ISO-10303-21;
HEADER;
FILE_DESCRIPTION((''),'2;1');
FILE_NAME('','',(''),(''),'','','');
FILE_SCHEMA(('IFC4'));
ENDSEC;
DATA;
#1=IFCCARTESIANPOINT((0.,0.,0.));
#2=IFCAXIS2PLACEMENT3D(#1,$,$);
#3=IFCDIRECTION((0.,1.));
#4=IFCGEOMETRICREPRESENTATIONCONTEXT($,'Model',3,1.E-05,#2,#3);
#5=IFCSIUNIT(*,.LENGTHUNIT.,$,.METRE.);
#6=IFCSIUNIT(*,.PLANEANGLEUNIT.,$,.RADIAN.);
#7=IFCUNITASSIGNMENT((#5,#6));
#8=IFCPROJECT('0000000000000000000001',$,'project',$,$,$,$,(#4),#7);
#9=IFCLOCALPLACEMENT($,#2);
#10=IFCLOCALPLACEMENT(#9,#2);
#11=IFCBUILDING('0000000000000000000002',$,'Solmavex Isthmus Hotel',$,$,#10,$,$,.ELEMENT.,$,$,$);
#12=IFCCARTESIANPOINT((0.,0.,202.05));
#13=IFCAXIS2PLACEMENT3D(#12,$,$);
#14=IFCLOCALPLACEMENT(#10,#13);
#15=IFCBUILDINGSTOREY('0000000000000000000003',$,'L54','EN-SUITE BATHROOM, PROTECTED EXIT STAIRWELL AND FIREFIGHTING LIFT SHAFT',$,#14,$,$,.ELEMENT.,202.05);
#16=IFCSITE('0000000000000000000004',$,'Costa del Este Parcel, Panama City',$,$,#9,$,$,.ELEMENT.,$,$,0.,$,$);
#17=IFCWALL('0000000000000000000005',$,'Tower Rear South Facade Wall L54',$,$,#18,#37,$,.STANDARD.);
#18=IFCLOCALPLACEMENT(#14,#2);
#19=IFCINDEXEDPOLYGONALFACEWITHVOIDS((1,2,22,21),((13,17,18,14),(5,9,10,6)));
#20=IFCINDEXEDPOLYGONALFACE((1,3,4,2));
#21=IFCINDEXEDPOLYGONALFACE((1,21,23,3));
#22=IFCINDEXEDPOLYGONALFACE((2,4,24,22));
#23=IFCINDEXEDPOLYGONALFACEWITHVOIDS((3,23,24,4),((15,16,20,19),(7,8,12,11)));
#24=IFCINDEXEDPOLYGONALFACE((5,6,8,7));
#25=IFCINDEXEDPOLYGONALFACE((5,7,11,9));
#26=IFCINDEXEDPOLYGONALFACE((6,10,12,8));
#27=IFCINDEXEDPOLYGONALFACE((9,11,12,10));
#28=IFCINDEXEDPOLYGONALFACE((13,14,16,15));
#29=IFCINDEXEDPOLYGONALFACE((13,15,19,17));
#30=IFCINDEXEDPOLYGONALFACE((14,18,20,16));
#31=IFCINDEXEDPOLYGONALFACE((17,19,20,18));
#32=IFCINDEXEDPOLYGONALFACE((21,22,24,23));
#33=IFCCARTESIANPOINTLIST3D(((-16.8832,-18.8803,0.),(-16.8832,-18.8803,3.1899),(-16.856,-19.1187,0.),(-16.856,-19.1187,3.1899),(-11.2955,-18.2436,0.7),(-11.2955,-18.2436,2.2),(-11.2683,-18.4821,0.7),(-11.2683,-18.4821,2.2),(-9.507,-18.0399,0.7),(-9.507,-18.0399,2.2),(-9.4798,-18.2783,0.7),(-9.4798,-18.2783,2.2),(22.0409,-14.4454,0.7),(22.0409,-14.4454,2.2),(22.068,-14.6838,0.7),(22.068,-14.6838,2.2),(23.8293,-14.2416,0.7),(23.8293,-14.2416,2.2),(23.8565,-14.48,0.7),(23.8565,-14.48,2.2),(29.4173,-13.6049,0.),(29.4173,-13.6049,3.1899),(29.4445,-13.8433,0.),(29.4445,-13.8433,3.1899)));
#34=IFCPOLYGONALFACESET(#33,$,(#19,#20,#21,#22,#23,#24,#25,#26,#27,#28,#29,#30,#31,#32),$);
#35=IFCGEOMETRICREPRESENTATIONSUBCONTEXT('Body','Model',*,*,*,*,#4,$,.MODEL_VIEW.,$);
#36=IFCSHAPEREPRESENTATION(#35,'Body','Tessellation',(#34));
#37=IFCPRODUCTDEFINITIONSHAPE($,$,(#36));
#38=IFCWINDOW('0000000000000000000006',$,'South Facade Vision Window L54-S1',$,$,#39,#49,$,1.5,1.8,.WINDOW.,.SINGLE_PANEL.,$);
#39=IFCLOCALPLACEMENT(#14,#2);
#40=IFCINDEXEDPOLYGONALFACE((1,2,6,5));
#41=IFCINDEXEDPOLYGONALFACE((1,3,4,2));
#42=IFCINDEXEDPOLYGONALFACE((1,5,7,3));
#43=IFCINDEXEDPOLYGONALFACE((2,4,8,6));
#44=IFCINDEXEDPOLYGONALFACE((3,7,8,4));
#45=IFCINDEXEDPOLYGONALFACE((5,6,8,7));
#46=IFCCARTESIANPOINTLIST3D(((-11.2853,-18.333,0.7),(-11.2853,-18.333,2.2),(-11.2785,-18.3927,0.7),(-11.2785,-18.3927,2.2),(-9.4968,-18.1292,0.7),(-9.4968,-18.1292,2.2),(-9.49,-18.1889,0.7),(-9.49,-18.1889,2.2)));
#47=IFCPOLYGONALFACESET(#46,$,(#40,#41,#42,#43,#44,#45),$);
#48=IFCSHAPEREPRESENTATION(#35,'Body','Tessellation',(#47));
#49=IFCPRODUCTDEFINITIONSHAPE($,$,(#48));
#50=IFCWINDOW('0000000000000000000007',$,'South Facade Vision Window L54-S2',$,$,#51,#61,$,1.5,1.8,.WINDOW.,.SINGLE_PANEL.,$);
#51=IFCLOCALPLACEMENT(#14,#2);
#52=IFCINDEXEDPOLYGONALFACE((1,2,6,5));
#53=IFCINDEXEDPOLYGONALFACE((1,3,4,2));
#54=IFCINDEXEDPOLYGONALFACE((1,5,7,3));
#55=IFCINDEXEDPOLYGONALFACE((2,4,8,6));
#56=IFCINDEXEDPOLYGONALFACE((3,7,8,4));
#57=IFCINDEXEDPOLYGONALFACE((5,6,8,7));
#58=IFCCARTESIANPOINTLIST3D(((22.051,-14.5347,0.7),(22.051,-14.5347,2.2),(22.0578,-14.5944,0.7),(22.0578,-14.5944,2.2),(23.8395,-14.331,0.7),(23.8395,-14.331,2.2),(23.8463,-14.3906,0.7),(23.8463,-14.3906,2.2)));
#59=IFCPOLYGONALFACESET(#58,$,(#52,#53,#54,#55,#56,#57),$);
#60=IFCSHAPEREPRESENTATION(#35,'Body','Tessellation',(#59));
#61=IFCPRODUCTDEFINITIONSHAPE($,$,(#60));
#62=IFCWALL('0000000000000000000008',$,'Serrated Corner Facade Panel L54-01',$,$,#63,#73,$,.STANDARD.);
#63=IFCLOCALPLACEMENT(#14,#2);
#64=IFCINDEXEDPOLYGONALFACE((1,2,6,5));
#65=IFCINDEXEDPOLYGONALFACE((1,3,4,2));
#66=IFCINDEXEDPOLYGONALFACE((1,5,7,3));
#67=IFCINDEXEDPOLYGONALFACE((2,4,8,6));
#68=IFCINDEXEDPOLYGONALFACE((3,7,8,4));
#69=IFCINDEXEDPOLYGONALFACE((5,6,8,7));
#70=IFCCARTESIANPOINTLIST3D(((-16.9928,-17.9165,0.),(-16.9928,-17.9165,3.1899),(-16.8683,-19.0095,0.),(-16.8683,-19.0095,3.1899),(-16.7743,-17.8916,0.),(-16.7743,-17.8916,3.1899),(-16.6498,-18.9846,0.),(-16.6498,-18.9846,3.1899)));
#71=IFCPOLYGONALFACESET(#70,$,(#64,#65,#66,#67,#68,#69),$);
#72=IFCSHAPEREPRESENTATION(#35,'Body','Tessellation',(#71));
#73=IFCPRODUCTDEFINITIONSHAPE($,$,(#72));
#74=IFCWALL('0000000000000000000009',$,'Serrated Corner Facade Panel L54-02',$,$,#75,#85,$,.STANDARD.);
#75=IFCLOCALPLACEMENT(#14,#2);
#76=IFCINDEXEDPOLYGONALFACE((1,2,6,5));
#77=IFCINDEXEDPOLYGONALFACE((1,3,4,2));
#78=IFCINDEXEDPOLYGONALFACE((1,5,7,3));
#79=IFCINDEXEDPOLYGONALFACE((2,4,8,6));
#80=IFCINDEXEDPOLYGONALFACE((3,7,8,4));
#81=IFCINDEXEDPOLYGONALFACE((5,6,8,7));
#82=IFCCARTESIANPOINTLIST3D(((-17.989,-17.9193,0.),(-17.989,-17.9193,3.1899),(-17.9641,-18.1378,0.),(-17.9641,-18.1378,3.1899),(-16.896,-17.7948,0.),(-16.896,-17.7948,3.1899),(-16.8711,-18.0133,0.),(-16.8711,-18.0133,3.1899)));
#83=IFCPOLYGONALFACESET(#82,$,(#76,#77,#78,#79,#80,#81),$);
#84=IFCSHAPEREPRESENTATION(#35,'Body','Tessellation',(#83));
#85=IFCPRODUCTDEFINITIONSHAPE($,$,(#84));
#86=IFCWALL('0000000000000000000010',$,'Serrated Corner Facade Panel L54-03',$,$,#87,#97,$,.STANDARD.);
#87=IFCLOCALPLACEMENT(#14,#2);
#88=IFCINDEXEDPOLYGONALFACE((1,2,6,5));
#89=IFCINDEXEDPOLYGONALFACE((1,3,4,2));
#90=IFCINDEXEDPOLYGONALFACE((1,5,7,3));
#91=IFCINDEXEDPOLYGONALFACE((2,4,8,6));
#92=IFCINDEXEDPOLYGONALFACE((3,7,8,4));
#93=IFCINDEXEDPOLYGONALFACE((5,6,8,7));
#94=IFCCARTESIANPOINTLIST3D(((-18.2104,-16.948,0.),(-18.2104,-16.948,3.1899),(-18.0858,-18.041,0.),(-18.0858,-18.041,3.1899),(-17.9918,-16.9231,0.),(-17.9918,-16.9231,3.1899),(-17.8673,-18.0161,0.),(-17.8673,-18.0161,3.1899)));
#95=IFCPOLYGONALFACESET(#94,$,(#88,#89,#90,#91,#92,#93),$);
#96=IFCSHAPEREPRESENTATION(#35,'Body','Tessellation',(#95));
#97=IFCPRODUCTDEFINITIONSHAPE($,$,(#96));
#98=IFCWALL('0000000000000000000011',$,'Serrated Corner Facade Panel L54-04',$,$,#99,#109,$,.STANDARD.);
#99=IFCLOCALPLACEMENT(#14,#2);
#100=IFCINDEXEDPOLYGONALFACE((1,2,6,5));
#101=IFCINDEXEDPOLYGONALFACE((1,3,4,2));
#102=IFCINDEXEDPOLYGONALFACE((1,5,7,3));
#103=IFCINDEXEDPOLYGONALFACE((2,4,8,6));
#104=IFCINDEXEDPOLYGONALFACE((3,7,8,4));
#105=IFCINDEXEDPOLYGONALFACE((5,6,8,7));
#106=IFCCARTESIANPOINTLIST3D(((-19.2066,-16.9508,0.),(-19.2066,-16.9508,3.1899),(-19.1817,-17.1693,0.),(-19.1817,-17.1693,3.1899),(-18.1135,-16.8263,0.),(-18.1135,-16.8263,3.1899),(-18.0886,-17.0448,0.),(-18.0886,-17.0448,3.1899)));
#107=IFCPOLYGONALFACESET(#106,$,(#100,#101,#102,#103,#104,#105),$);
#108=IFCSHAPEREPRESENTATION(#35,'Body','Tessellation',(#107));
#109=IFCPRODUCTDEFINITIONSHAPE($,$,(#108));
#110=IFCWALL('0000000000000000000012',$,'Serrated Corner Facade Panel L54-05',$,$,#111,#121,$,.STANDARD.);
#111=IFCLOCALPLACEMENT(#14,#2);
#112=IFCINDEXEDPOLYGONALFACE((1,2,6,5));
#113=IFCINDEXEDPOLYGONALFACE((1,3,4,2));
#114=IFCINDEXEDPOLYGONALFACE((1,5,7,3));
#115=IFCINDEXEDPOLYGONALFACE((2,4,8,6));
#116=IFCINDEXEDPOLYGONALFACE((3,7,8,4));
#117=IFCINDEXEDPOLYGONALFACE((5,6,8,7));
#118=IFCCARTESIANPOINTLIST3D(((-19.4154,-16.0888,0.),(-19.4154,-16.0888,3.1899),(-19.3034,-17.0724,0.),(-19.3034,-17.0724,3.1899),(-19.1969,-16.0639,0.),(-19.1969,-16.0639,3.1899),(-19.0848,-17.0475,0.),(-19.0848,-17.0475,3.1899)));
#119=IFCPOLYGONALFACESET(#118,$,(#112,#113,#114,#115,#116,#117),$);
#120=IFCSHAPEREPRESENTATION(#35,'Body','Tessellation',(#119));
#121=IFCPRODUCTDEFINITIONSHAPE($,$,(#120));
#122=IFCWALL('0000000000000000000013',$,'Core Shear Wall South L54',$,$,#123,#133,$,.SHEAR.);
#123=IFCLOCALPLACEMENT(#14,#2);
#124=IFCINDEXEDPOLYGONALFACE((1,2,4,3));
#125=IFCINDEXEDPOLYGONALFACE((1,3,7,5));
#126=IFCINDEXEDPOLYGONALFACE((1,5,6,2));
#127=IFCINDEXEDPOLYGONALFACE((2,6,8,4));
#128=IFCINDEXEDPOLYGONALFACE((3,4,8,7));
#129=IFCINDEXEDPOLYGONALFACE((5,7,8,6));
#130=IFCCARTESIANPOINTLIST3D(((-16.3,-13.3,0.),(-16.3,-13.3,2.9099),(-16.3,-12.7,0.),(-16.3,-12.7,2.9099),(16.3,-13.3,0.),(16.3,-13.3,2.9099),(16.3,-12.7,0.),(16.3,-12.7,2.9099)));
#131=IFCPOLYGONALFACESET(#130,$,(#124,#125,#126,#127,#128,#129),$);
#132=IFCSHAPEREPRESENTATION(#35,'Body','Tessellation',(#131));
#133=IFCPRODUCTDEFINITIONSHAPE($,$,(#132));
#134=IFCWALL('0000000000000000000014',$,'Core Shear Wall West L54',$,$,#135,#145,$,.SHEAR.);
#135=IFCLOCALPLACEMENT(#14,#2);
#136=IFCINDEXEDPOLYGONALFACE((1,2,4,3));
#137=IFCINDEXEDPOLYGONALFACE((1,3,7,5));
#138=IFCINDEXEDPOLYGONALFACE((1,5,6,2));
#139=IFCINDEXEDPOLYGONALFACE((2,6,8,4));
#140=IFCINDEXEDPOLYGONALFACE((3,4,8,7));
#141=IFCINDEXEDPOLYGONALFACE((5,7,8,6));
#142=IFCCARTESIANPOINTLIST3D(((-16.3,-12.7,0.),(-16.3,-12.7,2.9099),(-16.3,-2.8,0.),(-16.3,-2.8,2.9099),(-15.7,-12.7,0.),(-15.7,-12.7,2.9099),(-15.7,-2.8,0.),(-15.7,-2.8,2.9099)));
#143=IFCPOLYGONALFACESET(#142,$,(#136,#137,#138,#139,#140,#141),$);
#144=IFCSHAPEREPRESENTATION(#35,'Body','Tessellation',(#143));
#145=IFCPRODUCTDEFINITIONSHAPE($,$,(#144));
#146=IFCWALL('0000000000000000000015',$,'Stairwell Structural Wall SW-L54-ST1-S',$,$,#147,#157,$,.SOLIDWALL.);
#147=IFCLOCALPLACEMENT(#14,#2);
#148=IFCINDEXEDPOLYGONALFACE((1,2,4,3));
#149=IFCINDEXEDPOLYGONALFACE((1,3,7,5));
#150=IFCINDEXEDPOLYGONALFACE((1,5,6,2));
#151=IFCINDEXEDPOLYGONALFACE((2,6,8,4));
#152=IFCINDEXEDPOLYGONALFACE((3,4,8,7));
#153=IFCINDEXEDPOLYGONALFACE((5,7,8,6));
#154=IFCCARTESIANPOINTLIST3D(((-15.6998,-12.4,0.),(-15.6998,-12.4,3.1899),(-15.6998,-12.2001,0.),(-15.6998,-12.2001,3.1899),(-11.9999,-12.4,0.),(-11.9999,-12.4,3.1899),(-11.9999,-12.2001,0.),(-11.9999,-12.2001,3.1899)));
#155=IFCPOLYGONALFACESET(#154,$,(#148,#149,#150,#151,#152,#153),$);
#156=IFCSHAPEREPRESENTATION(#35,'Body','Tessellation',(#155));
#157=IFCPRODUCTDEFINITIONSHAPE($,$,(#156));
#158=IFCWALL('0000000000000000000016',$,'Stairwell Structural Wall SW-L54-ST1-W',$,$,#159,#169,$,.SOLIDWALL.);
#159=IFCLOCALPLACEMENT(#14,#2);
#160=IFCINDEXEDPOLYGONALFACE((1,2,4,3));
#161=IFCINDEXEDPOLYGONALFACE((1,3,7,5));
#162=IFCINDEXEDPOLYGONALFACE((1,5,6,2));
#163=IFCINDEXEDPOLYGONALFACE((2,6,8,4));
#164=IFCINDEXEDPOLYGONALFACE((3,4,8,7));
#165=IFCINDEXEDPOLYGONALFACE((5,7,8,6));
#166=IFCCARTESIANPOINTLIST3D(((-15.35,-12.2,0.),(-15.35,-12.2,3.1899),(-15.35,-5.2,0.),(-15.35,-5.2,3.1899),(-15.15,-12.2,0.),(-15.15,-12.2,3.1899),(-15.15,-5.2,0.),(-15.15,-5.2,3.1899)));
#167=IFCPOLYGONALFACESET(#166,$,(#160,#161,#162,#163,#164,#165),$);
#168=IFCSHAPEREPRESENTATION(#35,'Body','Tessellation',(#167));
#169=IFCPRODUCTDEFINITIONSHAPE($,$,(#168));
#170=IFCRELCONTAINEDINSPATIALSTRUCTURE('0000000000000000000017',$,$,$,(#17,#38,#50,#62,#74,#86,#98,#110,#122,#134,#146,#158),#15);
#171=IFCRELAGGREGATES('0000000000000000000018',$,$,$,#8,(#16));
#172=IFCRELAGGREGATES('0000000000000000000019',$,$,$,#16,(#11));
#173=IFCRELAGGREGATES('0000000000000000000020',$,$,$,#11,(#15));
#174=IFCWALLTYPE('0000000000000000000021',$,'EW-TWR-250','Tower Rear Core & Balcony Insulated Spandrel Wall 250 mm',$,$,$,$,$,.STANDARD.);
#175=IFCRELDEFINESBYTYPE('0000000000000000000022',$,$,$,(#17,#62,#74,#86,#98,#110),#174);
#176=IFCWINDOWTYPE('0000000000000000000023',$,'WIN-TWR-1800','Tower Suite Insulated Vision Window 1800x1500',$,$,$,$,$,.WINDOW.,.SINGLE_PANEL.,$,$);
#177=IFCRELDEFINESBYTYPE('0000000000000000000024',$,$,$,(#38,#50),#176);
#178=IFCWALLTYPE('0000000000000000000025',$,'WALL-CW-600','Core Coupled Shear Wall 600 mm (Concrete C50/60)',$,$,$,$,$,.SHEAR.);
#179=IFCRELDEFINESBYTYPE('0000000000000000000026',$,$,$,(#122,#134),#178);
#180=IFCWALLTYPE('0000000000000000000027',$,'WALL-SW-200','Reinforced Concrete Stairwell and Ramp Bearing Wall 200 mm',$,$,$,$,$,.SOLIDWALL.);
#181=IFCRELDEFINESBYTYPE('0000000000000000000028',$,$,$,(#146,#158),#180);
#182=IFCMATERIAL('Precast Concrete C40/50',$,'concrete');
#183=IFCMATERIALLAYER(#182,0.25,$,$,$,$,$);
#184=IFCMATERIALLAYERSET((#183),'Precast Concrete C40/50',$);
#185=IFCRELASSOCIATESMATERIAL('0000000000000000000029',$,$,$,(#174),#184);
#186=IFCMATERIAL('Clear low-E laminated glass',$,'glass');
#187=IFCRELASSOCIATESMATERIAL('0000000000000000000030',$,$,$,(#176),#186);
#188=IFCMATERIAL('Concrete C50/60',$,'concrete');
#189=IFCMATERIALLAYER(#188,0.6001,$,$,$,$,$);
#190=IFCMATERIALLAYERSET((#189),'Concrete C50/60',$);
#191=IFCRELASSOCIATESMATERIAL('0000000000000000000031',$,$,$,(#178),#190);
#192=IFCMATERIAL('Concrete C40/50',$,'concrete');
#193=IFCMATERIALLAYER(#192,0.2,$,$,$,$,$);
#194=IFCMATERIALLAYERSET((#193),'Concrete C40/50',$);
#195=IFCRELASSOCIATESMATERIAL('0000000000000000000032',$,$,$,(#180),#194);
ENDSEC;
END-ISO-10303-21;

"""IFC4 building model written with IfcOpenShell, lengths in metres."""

from ifc_helpers import new_model, si_unit, direction, frame, frame_2d, origin, place, context, subcontext, project, spatial, rectangle, extrude, material, layer, layer_set, type_object, element, fill, save


model = new_model("IFC4")

# Units and contexts
model_context = context("Model", 3, precision=1e-05, world=origin(), true_north=direction((0.0, 1.0)))
body_context = subcontext(model_context, "Body", "Model", "MODEL_VIEW")
ifc_project = project(units=[si_unit("LENGTHUNIT", "METRE"), si_unit("PLANEANGLEUNIT", "RADIAN")], contexts=[model_context])

# Site, building, storey
site_placement = place(None, origin())
site = spatial("IfcSite", under=ifc_project, at=site_placement, Name="Costa del Este Parcel, Panama City", CompositionType="ELEMENT", RefElevation=0.0)
building_placement = place(site_placement, origin())
building = spatial("IfcBuilding", under=site, at=building_placement, Name="Solmavex Isthmus Hotel", CompositionType="ELEMENT")
storey_placement = place(building_placement, frame((0.0, 0.0, 202.05)))
storey = spatial("IfcBuildingStorey", under=building, at=storey_placement, Name="L54", Description="EN-SUITE BATHROOM, PROTECTED EXIT STAIRWELL AND FIREFIGHTING LIFT SHAFT", CompositionType="ELEMENT", Elevation=202.05)

# Shared definitions
ifc_material_1 = material(Name="Concrete C50/60", Category="concrete")

# Shared definitions
ifc_material_2 = material(Name="Clear low-E laminated glass", Category="glass")

# Wall, openings, windows
ifc_material_3 = material(Name="Precast Concrete C40/50", Category="concrete")
ifc_layer_1 = layer(ifc_material_3, 0.25)
ifc_layer_set_1 = layer_set([ifc_layer_1], Name="Precast Concrete C40/50")
wall_type_1 = type_object("IfcWallType", Name="EW-TWR-250", Description="Tower Rear Core & Balcony Insulated Spandrel Wall 250 mm", PredefinedType="STANDARD", material=ifc_layer_set_1)
wall_1_placement = place(storey_placement, frame((-16.8696, -18.9995, 0.0), z_axis=(0.0, 0.0, 1.0), x_axis=(0.993572, 0.113206, 0.0)))
wall_1 = element("IfcWall", 1, at=wall_1_placement, inside=storey, type_object=wall_type_1, Name="Tower Rear South Facade Wall L54", PredefinedType="STANDARD", context=body_context, shape_type="SweptSolid", body=[
    extrude(rectangle(XDim=46.6001, YDim=0.24, at=frame_2d((23.3, 0.0))), origin(), (0.0, 0.0, 1.0), 3.1899),
])
opening_1_placement = place(wall_1_placement, frame((5.624, 0.0, 0.7)))
opening_1 = element("IfcOpeningElement", 2, at=opening_1_placement, cuts=wall_1, PredefinedType="OPENING", context=body_context, shape_type="SweptSolid", body=[
    extrude(rectangle(XDim=1.8, YDim=1.5, at=frame_2d((0.8999, 0.75))), frame((0.0, 0.1299, 0.0), z_axis=(0.0, -1.0, 0.0), x_axis=(1.0, 0.0, 0.0)), (0.0, 0.0, 1.0), 0.26),
])
opening_2_placement = place(wall_1_placement, frame((39.176, 0.0, 0.7)))
opening_2 = element("IfcOpeningElement", 3, at=opening_2_placement, cuts=wall_1, PredefinedType="OPENING", context=body_context, shape_type="SweptSolid", body=[
    extrude(rectangle(XDim=1.8, YDim=1.5, at=frame_2d((0.8999, 0.75))), frame((0.0, 0.1299, 0.0), z_axis=(0.0, -1.0, 0.0), x_axis=(1.0, 0.0, 0.0)), (0.0, 0.0, 1.0), 0.26),
])
window_type = type_object("IfcWindowType", Name="WIN-TWR-1800", Description="Tower Suite Insulated Vision Window 1800x1500", PartitioningType="SINGLE_PANEL", PredefinedType="WINDOW", material=ifc_material_2)
window_1_placement = place(opening_1_placement, origin())
window_1 = element("IfcWindow", 4, at=window_1_placement, inside=storey, type_object=window_type, Name="South Facade Vision Window L54-S1", OverallHeight=1.5, OverallWidth=1.8, PartitioningType="SINGLE_PANEL", PredefinedType="WINDOW", context=body_context, shape_type="SweptSolid", body=[
    extrude(rectangle(XDim=1.8, YDim=1.5, at=frame_2d((0.8999, 0.75))), frame((0.0, 0.03, 0.0), z_axis=(0.0, -1.0, 0.0), x_axis=(1.0, 0.0, 0.0)), (0.0, 0.0, 1.0), 0.0601),
])
fill(opening_1, window_1)
window_2_placement = place(opening_2_placement, origin())
window_2 = element("IfcWindow", 5, at=window_2_placement, inside=storey, type_object=window_type, Name="South Facade Vision Window L54-S2", OverallHeight=1.5, OverallWidth=1.8, PartitioningType="SINGLE_PANEL", PredefinedType="WINDOW", context=body_context, shape_type="SweptSolid", body=[
    extrude(rectangle(XDim=1.8, YDim=1.5, at=frame_2d((0.8999, 0.75))), frame((0.0, 0.03, 0.0), z_axis=(0.0, -1.0, 0.0), x_axis=(1.0, 0.0, 0.0)), (0.0, 0.0, 1.0), 0.0601),
])
fill(opening_2, window_2)

# Walls
for number, where, z_axis, x_axis, name in (
    (6, (-16.759, -18.9971, 0.0), (0.0, 0.0, 1.0), (-0.113184, 0.993574, 0.0), "Serrated Corner Facade Panel L54-01"),
    (7, (-16.8835, -17.9041, 0.0), (0.0, 0.0, 1.0), (-0.993574, -0.113184, 0.0), "Serrated Corner Facade Panel L54-02"),
    (8, (-17.9766, -18.0286, 0.0), (0.0, 0.0, 1.0), (-0.113184, 0.993574, 0.0), "Serrated Corner Facade Panel L54-03"),
    (9, (-18.1011, -16.9355, 0.0), (0.0, 0.0, 1.0), (-0.993574, -0.113184, 0.0), "Serrated Corner Facade Panel L54-04"),
):
    element("IfcWall", number, at=place(storey_placement, frame(where, z_axis=z_axis, x_axis=x_axis)), inside=storey, type_object=wall_type_1, Name=name, PredefinedType="STANDARD", context=body_context, shape_type="SweptSolid", body=[
        extrude(rectangle(XDim=1.1001, YDim=0.22, at=frame_2d((0.55, 0.0))), origin(), (0.0, 0.0, 1.0), 3.1899),
    ])
wall_2_placement = place(storey_placement, frame((-19.1941, -17.0601, 0.0), z_axis=(0.0, 0.0, 1.0), x_axis=(-0.113192, 0.993573, 0.0)))
element("IfcWall", 10, at=wall_2_placement, inside=storey, type_object=wall_type_1, Name="Serrated Corner Facade Panel L54-05", PredefinedType="STANDARD", context=body_context, shape_type="SweptSolid", body=[
    extrude(rectangle(XDim=0.99, YDim=0.22, at=frame_2d((0.4951, 0.0))), origin(), (0.0, 0.0, 1.0), 3.1899),
])

# Walls
ifc_layer_2 = layer(ifc_material_1, 0.6001)
ifc_layer_set_2 = layer_set([ifc_layer_2], Name="Concrete C50/60")
wall_type_2 = type_object("IfcWallType", Name="WALL-CW-600", Description="Core Coupled Shear Wall 600 mm (Concrete C50/60)", PredefinedType="SHEAR", material=ifc_layer_set_2)
wall_3_placement = place(storey_placement, frame((-16.3, -13.0, 0.0), z_axis=(0.0, 0.0, 1.0), x_axis=(1.0, 0.0, 0.0)))
element("IfcWall", 11, at=wall_3_placement, inside=storey, type_object=wall_type_2, Name="Core Shear Wall South L54", PredefinedType="SHEAR", context=body_context, shape_type="SweptSolid", body=[
    extrude(rectangle(XDim=32.6001, YDim=0.6001, at=frame_2d((16.3, 0.0))), origin(), (0.0, 0.0, 1.0), 2.9099),
])
wall_4_placement = place(storey_placement, frame((-16.0, -12.7, 0.0), z_axis=(0.0, 0.0, 1.0), x_axis=(0.0, 1.0, 0.0)))
element("IfcWall", 12, at=wall_4_placement, inside=storey, type_object=wall_type_2, Name="Core Shear Wall West L54", PredefinedType="SHEAR", context=body_context, shape_type="SweptSolid", body=[
    extrude(rectangle(XDim=9.8999, YDim=0.6001, at=frame_2d((4.95, 0.0))), origin(), (0.0, 0.0, 1.0), 2.9099),
])
ifc_material_4 = material(Name="Concrete C40/50", Category="concrete")
ifc_layer_3 = layer(ifc_material_4, 0.2)
ifc_layer_set_3 = layer_set([ifc_layer_3], Name="Concrete C40/50")
wall_type_3 = type_object("IfcWallType", Name="WALL-SW-200", Description="Reinforced Concrete Stairwell and Ramp Bearing Wall 200 mm", PredefinedType="SOLIDWALL", material=ifc_layer_set_3)
wall_5_placement = place(storey_placement, frame((-15.7, -12.3, 0.0), z_axis=(0.0, 0.0, 1.0), x_axis=(1.0, 0.0, 0.0)))
element("IfcWall", 13, at=wall_5_placement, inside=storey, type_object=wall_type_3, Name="Stairwell Structural Wall SW-L54-ST1-S", PredefinedType="SOLIDWALL", context=body_context, shape_type="SweptSolid", body=[
    extrude(rectangle(XDim=3.7, YDim=0.2, at=frame_2d((1.8501, 0.0))), origin(), (0.0, 0.0, 1.0), 3.1899),
])
wall_6_placement = place(storey_placement, frame((-15.25, -12.2, 0.0), z_axis=(0.0, 0.0, 1.0), x_axis=(0.0, 1.0, 0.0)))
element("IfcWall", 14, at=wall_6_placement, inside=storey, type_object=wall_type_3, Name="Stairwell Structural Wall SW-L54-ST1-W", PredefinedType="SOLIDWALL", context=body_context, shape_type="SweptSolid", body=[
    extrude(rectangle(XDim=7.0, YDim=0.2, at=frame_2d((3.5, 0.0))), origin(), (0.0, 0.0, 1.0), 3.1899),
])

save(model, "model.ifc")
